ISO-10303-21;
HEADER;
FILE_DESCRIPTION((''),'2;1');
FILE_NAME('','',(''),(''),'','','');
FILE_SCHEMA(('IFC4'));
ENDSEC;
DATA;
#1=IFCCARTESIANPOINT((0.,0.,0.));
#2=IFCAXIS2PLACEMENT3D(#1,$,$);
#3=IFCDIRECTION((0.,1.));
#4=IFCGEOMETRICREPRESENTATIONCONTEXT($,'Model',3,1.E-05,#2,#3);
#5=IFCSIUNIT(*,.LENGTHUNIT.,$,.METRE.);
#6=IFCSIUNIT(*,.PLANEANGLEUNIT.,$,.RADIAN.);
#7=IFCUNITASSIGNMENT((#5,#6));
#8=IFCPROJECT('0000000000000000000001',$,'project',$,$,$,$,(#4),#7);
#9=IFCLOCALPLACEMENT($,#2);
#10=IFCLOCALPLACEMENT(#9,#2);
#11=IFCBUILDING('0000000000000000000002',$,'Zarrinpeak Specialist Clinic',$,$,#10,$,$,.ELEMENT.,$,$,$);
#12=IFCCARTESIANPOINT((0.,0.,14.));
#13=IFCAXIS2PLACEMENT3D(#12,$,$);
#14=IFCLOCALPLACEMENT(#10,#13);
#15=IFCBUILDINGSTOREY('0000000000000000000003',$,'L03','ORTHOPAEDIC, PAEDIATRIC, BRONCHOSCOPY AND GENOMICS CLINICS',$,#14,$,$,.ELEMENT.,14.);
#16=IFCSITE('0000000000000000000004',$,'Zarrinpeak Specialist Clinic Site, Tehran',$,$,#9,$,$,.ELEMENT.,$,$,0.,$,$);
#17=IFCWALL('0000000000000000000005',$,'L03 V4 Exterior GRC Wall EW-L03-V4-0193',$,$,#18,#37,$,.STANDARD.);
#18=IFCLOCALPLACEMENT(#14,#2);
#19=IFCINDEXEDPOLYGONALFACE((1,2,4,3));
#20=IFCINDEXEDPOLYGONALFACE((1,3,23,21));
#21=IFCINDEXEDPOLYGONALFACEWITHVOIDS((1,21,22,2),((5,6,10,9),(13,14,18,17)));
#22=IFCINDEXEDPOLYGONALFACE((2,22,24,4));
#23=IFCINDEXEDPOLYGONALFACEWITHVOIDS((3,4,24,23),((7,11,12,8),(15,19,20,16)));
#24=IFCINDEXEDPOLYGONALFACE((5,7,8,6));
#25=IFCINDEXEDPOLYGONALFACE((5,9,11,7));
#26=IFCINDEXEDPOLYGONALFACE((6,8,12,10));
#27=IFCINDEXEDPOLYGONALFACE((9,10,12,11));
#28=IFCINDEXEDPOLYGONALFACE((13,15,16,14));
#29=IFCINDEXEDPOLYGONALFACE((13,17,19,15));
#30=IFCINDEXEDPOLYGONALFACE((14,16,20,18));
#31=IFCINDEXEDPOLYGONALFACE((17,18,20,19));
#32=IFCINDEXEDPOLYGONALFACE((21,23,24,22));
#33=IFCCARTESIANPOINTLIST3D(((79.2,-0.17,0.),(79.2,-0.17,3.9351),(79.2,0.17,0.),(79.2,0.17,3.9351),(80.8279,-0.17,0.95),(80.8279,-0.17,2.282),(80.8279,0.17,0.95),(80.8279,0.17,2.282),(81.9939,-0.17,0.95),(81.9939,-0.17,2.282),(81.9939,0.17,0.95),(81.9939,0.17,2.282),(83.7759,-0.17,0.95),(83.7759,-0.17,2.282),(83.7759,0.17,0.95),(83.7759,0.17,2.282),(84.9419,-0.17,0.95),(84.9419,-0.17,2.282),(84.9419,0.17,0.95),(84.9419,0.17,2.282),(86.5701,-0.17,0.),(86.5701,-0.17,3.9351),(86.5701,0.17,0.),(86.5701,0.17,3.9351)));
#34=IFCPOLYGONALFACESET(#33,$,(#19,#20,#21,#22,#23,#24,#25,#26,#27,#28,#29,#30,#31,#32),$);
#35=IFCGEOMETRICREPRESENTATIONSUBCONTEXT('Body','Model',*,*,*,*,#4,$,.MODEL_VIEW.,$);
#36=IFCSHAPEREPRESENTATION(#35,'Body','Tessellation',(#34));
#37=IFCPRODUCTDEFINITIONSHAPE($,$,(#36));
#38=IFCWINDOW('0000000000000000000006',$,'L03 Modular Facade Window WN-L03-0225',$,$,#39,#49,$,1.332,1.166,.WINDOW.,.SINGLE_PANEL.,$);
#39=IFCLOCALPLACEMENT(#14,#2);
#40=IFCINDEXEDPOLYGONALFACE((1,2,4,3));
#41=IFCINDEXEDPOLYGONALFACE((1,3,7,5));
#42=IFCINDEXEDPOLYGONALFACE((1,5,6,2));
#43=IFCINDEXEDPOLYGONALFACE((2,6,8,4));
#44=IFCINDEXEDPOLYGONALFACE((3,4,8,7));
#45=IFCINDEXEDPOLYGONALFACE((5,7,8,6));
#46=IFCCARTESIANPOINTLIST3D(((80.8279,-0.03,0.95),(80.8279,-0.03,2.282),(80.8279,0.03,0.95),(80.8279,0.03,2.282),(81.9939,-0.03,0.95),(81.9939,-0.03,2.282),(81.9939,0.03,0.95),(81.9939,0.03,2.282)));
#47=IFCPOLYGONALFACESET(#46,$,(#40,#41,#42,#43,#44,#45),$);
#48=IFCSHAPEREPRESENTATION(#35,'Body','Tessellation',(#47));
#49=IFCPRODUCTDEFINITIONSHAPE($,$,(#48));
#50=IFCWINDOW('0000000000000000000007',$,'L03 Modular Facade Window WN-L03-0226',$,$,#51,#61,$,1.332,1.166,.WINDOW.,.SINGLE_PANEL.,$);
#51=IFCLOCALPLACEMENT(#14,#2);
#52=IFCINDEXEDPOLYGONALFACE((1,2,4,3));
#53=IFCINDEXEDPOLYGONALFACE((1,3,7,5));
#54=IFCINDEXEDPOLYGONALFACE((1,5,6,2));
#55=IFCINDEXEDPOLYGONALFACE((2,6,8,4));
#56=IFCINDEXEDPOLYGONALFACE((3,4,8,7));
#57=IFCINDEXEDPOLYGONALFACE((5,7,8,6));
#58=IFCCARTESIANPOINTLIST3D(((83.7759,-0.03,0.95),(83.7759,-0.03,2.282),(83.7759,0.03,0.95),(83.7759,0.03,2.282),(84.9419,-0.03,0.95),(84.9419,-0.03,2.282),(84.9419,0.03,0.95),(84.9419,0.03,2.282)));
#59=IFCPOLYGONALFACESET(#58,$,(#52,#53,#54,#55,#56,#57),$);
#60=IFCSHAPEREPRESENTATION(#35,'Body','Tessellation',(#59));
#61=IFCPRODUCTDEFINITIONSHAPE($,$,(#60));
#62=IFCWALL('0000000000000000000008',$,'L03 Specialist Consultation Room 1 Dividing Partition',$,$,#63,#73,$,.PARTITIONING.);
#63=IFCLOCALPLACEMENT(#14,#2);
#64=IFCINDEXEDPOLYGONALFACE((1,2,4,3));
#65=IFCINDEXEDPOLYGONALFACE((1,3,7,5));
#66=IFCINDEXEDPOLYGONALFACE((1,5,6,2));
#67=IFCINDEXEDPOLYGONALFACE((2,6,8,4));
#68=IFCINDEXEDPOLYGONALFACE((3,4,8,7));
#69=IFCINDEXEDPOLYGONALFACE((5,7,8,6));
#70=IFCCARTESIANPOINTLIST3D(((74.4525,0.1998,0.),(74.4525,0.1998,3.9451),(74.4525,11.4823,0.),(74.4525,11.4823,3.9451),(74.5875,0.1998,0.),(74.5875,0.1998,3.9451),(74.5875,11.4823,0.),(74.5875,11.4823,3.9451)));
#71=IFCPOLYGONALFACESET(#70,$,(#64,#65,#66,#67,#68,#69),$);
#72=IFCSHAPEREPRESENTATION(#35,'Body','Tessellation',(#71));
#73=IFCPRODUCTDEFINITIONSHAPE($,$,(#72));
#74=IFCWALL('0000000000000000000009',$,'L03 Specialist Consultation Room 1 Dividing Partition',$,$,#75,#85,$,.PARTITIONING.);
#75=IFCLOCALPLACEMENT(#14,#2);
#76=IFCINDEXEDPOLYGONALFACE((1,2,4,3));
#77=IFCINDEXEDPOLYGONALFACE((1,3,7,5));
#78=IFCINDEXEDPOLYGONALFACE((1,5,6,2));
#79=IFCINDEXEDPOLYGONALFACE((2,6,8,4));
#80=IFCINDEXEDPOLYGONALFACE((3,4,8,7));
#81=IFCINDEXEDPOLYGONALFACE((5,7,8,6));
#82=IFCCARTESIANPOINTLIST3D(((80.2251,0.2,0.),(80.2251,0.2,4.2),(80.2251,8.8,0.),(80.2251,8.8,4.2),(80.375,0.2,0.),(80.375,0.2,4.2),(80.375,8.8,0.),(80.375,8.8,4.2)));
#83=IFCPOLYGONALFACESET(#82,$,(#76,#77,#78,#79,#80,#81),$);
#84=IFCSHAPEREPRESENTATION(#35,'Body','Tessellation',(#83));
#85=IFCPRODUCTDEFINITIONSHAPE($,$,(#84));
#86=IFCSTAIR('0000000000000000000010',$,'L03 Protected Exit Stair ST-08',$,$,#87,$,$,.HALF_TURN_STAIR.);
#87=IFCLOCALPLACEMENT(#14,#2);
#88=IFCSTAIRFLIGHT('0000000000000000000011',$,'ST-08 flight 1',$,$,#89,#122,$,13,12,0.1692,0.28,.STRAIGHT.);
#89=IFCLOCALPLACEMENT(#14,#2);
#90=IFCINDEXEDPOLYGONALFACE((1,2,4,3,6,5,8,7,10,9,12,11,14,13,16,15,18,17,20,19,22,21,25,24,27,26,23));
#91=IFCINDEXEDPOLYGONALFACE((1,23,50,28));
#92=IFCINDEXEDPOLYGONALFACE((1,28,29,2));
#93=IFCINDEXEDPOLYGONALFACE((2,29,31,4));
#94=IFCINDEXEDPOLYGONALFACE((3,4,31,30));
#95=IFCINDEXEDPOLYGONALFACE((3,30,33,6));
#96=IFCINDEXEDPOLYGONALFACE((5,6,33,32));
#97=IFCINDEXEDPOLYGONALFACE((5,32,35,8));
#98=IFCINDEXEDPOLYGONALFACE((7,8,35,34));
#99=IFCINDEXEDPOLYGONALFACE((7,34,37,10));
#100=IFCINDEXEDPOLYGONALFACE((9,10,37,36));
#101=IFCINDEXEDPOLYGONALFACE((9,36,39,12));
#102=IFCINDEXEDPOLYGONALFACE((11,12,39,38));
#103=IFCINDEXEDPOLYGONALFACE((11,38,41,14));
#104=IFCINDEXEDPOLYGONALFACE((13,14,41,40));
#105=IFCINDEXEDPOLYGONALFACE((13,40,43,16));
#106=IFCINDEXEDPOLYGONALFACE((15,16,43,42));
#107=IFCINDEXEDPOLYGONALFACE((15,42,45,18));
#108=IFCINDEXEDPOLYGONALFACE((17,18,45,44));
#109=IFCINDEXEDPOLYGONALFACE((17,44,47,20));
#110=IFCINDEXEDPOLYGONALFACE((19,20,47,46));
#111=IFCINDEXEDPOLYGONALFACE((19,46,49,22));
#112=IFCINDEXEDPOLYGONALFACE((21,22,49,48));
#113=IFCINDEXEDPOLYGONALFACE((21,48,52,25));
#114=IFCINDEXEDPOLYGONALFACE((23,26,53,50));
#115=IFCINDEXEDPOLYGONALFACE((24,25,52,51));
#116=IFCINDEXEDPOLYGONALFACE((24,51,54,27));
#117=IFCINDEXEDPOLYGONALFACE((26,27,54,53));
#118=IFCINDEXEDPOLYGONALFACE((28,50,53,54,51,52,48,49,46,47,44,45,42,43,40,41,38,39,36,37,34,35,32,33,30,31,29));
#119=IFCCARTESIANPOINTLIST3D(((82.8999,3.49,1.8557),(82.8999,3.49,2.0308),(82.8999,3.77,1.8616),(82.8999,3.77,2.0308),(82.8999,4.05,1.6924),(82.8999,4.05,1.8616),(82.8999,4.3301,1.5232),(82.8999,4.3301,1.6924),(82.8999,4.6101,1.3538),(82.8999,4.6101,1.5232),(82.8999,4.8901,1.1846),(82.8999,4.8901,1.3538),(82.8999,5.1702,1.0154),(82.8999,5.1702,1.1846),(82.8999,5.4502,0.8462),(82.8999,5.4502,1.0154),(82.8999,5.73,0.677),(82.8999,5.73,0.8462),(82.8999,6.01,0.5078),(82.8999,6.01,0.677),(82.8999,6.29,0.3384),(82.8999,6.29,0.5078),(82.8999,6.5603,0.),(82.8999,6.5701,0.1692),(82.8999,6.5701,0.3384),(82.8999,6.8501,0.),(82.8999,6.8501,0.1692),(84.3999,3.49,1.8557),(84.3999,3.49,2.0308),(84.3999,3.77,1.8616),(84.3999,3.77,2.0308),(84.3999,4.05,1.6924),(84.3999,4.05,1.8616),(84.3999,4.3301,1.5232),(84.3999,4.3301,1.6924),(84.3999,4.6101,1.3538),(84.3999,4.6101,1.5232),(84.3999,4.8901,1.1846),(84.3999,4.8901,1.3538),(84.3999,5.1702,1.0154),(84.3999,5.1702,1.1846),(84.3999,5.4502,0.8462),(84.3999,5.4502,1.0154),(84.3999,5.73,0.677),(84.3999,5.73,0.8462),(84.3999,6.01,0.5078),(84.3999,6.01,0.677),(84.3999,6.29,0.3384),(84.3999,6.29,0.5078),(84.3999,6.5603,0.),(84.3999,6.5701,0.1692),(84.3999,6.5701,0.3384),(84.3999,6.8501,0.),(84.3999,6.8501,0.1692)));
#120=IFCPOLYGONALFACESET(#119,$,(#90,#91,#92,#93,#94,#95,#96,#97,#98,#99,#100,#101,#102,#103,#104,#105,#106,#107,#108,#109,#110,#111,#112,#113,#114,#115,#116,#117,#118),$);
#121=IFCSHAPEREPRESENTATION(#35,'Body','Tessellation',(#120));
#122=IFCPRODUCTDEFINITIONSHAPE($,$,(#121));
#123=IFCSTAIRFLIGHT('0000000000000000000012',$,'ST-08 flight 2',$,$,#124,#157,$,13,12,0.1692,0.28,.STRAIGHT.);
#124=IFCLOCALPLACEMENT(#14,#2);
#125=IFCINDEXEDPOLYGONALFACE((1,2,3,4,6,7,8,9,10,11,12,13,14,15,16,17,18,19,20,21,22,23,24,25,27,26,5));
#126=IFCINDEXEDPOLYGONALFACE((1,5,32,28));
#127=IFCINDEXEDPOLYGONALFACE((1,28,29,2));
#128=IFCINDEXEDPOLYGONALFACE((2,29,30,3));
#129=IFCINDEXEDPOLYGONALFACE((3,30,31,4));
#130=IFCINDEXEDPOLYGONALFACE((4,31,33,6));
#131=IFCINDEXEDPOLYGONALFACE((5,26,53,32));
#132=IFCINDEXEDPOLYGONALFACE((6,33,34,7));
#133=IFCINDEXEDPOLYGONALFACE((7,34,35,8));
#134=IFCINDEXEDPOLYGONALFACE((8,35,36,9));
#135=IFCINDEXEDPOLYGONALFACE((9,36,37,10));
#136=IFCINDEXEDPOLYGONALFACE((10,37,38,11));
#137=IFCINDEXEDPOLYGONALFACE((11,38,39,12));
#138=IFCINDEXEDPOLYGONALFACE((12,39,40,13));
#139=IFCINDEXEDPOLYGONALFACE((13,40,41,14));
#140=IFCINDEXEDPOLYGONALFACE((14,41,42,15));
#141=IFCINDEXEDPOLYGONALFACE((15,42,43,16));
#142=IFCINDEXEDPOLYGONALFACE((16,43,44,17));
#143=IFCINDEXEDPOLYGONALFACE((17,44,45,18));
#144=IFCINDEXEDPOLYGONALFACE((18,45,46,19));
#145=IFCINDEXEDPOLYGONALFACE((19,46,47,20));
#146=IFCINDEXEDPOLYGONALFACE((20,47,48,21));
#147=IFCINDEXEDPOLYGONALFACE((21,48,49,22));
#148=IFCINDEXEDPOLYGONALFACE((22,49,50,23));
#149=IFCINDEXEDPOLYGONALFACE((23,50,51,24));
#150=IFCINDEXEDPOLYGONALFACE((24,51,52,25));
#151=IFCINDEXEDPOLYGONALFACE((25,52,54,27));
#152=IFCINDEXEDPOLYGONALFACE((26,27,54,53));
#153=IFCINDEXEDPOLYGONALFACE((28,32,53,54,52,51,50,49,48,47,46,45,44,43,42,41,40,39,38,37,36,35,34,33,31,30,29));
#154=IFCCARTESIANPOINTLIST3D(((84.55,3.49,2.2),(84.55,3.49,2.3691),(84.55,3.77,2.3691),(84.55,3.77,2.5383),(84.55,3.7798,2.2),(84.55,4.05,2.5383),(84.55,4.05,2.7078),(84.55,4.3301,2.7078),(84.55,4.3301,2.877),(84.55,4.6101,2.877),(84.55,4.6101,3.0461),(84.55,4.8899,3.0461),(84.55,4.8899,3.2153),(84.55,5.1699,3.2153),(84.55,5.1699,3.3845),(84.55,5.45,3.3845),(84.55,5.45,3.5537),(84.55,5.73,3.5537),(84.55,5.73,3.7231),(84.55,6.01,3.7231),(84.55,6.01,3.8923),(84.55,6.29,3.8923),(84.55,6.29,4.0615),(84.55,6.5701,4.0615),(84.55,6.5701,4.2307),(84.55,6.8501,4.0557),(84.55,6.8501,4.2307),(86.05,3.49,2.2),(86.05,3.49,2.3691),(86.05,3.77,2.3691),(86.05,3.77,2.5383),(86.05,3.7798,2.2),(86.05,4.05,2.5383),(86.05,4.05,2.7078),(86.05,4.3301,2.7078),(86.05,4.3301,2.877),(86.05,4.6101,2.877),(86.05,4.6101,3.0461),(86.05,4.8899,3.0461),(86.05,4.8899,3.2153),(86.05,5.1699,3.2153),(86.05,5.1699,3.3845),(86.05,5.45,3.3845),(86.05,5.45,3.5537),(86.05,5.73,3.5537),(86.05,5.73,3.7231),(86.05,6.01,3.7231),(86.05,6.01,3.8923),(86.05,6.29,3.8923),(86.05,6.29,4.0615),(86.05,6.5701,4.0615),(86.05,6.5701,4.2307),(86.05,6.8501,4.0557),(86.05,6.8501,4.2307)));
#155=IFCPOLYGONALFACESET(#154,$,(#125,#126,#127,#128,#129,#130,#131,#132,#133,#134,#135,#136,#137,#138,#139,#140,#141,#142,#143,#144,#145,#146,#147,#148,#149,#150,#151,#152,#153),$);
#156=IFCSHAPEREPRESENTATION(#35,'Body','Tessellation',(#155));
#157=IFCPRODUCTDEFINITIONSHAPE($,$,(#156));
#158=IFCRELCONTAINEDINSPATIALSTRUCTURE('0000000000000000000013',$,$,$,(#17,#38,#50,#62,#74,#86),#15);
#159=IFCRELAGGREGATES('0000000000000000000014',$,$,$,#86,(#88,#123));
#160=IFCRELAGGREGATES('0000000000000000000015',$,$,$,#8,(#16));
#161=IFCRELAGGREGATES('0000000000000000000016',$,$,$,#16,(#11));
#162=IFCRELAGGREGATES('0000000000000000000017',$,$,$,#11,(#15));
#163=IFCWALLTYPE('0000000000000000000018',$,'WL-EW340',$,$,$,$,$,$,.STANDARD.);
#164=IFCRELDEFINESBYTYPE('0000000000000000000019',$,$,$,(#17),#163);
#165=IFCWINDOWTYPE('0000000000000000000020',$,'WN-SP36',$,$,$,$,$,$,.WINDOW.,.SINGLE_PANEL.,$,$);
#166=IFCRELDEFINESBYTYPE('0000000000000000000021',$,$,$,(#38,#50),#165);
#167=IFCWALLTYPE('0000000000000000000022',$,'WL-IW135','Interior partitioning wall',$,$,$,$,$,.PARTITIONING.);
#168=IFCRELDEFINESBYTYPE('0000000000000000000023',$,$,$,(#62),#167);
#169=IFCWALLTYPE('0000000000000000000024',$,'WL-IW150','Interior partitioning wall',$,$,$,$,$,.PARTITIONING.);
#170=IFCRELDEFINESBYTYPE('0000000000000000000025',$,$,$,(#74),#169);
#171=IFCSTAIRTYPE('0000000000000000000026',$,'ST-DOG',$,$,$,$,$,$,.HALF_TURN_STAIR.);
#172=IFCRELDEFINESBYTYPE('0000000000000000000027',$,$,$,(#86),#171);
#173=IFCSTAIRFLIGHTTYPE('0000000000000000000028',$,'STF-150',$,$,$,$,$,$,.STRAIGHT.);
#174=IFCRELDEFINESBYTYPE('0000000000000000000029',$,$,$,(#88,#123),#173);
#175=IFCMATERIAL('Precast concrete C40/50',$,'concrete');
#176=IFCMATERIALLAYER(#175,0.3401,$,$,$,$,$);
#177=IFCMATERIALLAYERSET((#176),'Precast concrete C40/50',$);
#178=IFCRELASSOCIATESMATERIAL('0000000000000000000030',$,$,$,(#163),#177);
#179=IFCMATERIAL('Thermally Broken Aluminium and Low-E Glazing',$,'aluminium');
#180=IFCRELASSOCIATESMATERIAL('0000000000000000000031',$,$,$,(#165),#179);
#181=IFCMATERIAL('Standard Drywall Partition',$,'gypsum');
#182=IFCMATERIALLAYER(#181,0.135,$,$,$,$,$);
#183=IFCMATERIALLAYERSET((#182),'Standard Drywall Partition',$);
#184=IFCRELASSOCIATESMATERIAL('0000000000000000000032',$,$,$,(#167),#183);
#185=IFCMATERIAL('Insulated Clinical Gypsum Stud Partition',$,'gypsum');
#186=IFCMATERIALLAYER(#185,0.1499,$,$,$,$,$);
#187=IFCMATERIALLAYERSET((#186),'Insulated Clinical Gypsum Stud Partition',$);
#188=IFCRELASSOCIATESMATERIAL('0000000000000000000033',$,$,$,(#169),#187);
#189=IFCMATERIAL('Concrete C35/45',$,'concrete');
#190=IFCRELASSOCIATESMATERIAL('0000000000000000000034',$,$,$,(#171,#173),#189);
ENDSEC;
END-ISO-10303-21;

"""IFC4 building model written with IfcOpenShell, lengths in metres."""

from ifc_helpers import new_model, si_unit, direction, frame, frame_2d, origin, place, context, subcontext, project, spatial, polyline, rectangle, outline, extrude, material, layer, layer_set, type_object, element, fill, aggregate, save


model = new_model("IFC4")

# Units and contexts
model_context = context("Model", 3, precision=1e-05, world=origin(), true_north=direction((0.0, 1.0)))
body_context = subcontext(model_context, "Body", "Model", "MODEL_VIEW")
ifc_project = project(units=[si_unit("LENGTHUNIT", "METRE"), si_unit("PLANEANGLEUNIT", "RADIAN")], contexts=[model_context])

# Site, building, storey
site_placement = place(None, origin())
site = spatial("IfcSite", under=ifc_project, at=site_placement, Name="Zarrinpeak Specialist Clinic Site, Tehran", CompositionType="ELEMENT", RefElevation=0.0)
building_placement = place(site_placement, origin())
building = spatial("IfcBuilding", under=site, at=building_placement, Name="Zarrinpeak Specialist Clinic", CompositionType="ELEMENT")
storey_placement = place(building_placement, frame((0.0, 0.0, 14.0)))
storey = spatial("IfcBuildingStorey", under=building, at=storey_placement, Name="L03", Description="ORTHOPAEDIC, PAEDIATRIC, BRONCHOSCOPY AND GENOMICS CLINICS", CompositionType="ELEMENT", Elevation=14.0)

# Shared definitions
ifc_material_1 = material(Name="Precast concrete C40/50", Category="concrete")
ifc_layer_1 = layer(ifc_material_1, 0.3401)
ifc_layer_set_1 = layer_set([ifc_layer_1], Name="Precast concrete C40/50")
wall_type_1 = type_object("IfcWallType", Name="WL-EW340", PredefinedType="STANDARD", material=ifc_layer_set_1)

# Wall, openings, windows
wall_1_placement = place(storey_placement, frame((79.2, 0.0, 0.0), z_axis=(0.0, 0.0, 1.0), x_axis=(1.0, 0.0, 0.0)))
wall_1 = element("IfcWall", 1, at=wall_1_placement, inside=storey, type_object=wall_type_1, Name="L03 V4 Exterior GRC Wall EW-L03-V4-0193", PredefinedType="STANDARD", context=body_context, shape_type="SweptSolid", body=[
    extrude(rectangle(XDim=7.3701, YDim=0.3401, at=frame_2d((3.6851, 0.0))), origin(), (0.0, 0.0, 1.0), 3.9351),
])
opening_1_placement = place(wall_1_placement, frame((1.6279, 0.0, 0.95)))
opening_1 = element("IfcOpeningElement", 2, at=opening_1_placement, cuts=wall_1, PredefinedType="OPENING", context=body_context, shape_type="SweptSolid", body=[
    extrude(rectangle(XDim=1.166, YDim=1.332, at=frame_2d((0.583, 0.666))), frame((0.0, 0.1802, 0.0), z_axis=(0.0, -1.0, 0.0), x_axis=(1.0, 0.0, 0.0)), (0.0, 0.0, 1.0), 0.3601),
])
opening_2_placement = place(wall_1_placement, frame((4.5759, 0.0, 0.95)))
opening_2 = element("IfcOpeningElement", 3, at=opening_2_placement, cuts=wall_1, PredefinedType="OPENING", context=body_context, shape_type="SweptSolid", body=[
    extrude(rectangle(XDim=1.166, YDim=1.332, at=frame_2d((0.583, 0.666))), frame((0.0, 0.1802, 0.0), z_axis=(0.0, -1.0, 0.0), x_axis=(1.0, 0.0, 0.0)), (0.0, 0.0, 1.0), 0.3601),
])
ifc_material_2 = material(Name="Thermally Broken Aluminium and Low-E Glazing", Category="aluminium")
window_type = type_object("IfcWindowType", Name="WN-SP36", PartitioningType="SINGLE_PANEL", PredefinedType="WINDOW", material=ifc_material_2)
window_1_placement = place(opening_1_placement, origin())
window_1 = element("IfcWindow", 4, at=window_1_placement, inside=storey, type_object=window_type, Name="L03 Modular Facade Window WN-L03-0225", OverallHeight=1.332, OverallWidth=1.166, PartitioningType="SINGLE_PANEL", PredefinedType="WINDOW", context=body_context, shape_type="SweptSolid", body=[
    extrude(rectangle(XDim=1.166, YDim=1.332, at=frame_2d((0.583, 0.666))), frame((0.0, 0.03, 0.0), z_axis=(0.0, -1.0, 0.0), x_axis=(1.0, 0.0, 0.0)), (0.0, 0.0, 1.0), 0.0601),
])
fill(opening_1, window_1)
window_2_placement = place(opening_2_placement, origin())
window_2 = element("IfcWindow", 5, at=window_2_placement, inside=storey, type_object=window_type, Name="L03 Modular Facade Window WN-L03-0226", OverallHeight=1.332, OverallWidth=1.166, PartitioningType="SINGLE_PANEL", PredefinedType="WINDOW", context=body_context, shape_type="SweptSolid", body=[
    extrude(rectangle(XDim=1.166, YDim=1.332, at=frame_2d((0.583, 0.666))), frame((0.0, 0.03, 0.0), z_axis=(0.0, -1.0, 0.0), x_axis=(1.0, 0.0, 0.0)), (0.0, 0.0, 1.0), 0.0601),
])
fill(opening_2, window_2)

# Walls
ifc_material_3 = material(Name="Standard Drywall Partition", Category="gypsum")
ifc_layer_2 = layer(ifc_material_3, 0.135)
ifc_layer_set_2 = layer_set([ifc_layer_2], Name="Standard Drywall Partition")
wall_type_2 = type_object("IfcWallType", Name="WL-IW135", Description="Interior partitioning wall", PredefinedType="PARTITIONING", material=ifc_layer_set_2)
wall_2_placement = place(storey_placement, frame((74.52, 0.2, 0.0), z_axis=(0.0, 0.0, 1.0), x_axis=(0.0, 1.0, 0.0)))
element("IfcWall", 6, at=wall_2_placement, inside=storey, type_object=wall_type_2, Name="L03 Specialist Consultation Room 1 Dividing Partition", PredefinedType="PARTITIONING", context=body_context, shape_type="SweptSolid", body=[
    extrude(rectangle(XDim=11.2825, YDim=0.135, at=frame_2d((5.6411, 0.0))), origin(), (0.0, 0.0, 1.0), 3.9451),
])
ifc_material_4 = material(Name="Insulated Clinical Gypsum Stud Partition", Category="gypsum")
ifc_layer_3 = layer(ifc_material_4, 0.1499)
ifc_layer_set_3 = layer_set([ifc_layer_3], Name="Insulated Clinical Gypsum Stud Partition")
wall_type_3 = type_object("IfcWallType", Name="WL-IW150", Description="Interior partitioning wall", PredefinedType="PARTITIONING", material=ifc_layer_set_3)
wall_3_placement = place(storey_placement, frame((80.3, 0.2, 0.0), z_axis=(0.0, 0.0, 1.0), x_axis=(0.0, 1.0, 0.0)))
element("IfcWall", 7, at=wall_3_placement, inside=storey, type_object=wall_type_3, Name="L03 Specialist Consultation Room 1 Dividing Partition", PredefinedType="PARTITIONING", context=body_context, shape_type="SweptSolid", body=[
    extrude(rectangle(XDim=8.6001, YDim=0.1499, at=frame_2d((4.3, 0.0))), origin(), (0.0, 0.0, 1.0), 4.2),
])

# Stair, stair flights
ifc_material_5 = material(Name="Concrete C35/45", Category="concrete")
stair_type = type_object("IfcStairType", Name="ST-DOG", PredefinedType="HALF_TURN_STAIR", material=ifc_material_5)
stair_placement = place(storey_placement, origin())
stair = element("IfcStair", 8, at=stair_placement, inside=storey, type_object=stair_type, Name="L03 Protected Exit Stair ST-08", PredefinedType="HALF_TURN_STAIR")
stair_flight_type = type_object("IfcStairFlightType", Name="STF-150", PredefinedType="STRAIGHT", material=ifc_material_5)
stair_flight_1_placement = place(storey_placement, frame((83.6499, 6.8501, 0.0), z_axis=(0.0, 0.0, 1.0), x_axis=(0.0, -1.0, 0.0)))
stair_flight_1 = element("IfcStairFlight", 9, at=stair_flight_1_placement, type_object=stair_flight_type, Name="ST-08 flight 1", NumberOfRisers=13, NumberOfTreads=12, PredefinedType="STRAIGHT", RiserHeight=0.1692, TreadLength=0.28, context=body_context, shape_type="SweptSolid", body=[
    extrude(outline(polyline([(0.0, 0.0), (0.0, 0.1692), (0.28, 0.1692), (0.28, 0.3384), (0.5601, 0.3384), (0.5601, 0.5078), (0.8401, 0.5078), (0.8401, 0.677), (1.1201, 0.677), (1.1201, 0.8462), (1.3999, 0.8462), (1.3999, 1.0154), (1.6799, 1.0154), (1.6799, 1.1846), (1.96, 1.1846), (1.96, 1.3538), (2.24, 1.3538), (2.24, 1.5232), (2.52, 1.5232), (2.52, 1.6924), (2.8, 1.6924), (2.8, 1.8616), (3.0801, 1.8616), (3.0801, 2.0308), (3.3601, 2.0308), (3.3601, 2.2), (3.3601, 1.8557), (0.2898, 0.0), (0.0, 0.0)])), frame((0.0, 0.75, 0.0), z_axis=(0.0, -1.0, 0.0), x_axis=(1.0, 0.0, 0.0)), (0.0, 0.0, 1.0), 1.5),
])
stair_flight_2_placement = place(storey_placement, frame((85.3, 3.49, 2.2), z_axis=(0.0, 0.0, 1.0), x_axis=(0.0, 1.0, 0.0)))
stair_flight_2 = element("IfcStairFlight", 10, at=stair_flight_2_placement, type_object=stair_flight_type, Name="ST-08 flight 2", NumberOfRisers=13, NumberOfTreads=12, PredefinedType="STRAIGHT", RiserHeight=0.1692, TreadLength=0.28, context=body_context, shape_type="SweptSolid", body=[
    extrude(outline(polyline([(0.0, 0.0), (0.0, 0.1692), (0.28, 0.1692), (0.28, 0.3384), (0.5601, 0.3384), (0.5601, 0.5078), (0.8401, 0.5078), (0.8401, 0.677), (1.1201, 0.677), (1.1201, 0.8462), (1.3999, 0.8462), (1.3999, 1.0154), (1.6799, 1.0154), (1.6799, 1.1846), (1.96, 1.1846), (1.96, 1.3538), (2.24, 1.3538), (2.24, 1.5232), (2.52, 1.5232), (2.52, 1.6924), (2.8, 1.6924), (2.8, 1.8616), (3.0801, 1.8616), (3.0801, 2.0308), (3.3601, 2.0308), (3.3601, 2.2), (3.3601, 1.8557), (0.2898, 0.0), (0.0, 0.0)])), frame((0.0, 0.75, 0.0), z_axis=(0.0, -1.0, 0.0), x_axis=(1.0, 0.0, 0.0)), (0.0, 0.0, 1.0), 1.5),
])
aggregate(stair, [stair_flight_1, stair_flight_2])

save(model, "model.ifc")
